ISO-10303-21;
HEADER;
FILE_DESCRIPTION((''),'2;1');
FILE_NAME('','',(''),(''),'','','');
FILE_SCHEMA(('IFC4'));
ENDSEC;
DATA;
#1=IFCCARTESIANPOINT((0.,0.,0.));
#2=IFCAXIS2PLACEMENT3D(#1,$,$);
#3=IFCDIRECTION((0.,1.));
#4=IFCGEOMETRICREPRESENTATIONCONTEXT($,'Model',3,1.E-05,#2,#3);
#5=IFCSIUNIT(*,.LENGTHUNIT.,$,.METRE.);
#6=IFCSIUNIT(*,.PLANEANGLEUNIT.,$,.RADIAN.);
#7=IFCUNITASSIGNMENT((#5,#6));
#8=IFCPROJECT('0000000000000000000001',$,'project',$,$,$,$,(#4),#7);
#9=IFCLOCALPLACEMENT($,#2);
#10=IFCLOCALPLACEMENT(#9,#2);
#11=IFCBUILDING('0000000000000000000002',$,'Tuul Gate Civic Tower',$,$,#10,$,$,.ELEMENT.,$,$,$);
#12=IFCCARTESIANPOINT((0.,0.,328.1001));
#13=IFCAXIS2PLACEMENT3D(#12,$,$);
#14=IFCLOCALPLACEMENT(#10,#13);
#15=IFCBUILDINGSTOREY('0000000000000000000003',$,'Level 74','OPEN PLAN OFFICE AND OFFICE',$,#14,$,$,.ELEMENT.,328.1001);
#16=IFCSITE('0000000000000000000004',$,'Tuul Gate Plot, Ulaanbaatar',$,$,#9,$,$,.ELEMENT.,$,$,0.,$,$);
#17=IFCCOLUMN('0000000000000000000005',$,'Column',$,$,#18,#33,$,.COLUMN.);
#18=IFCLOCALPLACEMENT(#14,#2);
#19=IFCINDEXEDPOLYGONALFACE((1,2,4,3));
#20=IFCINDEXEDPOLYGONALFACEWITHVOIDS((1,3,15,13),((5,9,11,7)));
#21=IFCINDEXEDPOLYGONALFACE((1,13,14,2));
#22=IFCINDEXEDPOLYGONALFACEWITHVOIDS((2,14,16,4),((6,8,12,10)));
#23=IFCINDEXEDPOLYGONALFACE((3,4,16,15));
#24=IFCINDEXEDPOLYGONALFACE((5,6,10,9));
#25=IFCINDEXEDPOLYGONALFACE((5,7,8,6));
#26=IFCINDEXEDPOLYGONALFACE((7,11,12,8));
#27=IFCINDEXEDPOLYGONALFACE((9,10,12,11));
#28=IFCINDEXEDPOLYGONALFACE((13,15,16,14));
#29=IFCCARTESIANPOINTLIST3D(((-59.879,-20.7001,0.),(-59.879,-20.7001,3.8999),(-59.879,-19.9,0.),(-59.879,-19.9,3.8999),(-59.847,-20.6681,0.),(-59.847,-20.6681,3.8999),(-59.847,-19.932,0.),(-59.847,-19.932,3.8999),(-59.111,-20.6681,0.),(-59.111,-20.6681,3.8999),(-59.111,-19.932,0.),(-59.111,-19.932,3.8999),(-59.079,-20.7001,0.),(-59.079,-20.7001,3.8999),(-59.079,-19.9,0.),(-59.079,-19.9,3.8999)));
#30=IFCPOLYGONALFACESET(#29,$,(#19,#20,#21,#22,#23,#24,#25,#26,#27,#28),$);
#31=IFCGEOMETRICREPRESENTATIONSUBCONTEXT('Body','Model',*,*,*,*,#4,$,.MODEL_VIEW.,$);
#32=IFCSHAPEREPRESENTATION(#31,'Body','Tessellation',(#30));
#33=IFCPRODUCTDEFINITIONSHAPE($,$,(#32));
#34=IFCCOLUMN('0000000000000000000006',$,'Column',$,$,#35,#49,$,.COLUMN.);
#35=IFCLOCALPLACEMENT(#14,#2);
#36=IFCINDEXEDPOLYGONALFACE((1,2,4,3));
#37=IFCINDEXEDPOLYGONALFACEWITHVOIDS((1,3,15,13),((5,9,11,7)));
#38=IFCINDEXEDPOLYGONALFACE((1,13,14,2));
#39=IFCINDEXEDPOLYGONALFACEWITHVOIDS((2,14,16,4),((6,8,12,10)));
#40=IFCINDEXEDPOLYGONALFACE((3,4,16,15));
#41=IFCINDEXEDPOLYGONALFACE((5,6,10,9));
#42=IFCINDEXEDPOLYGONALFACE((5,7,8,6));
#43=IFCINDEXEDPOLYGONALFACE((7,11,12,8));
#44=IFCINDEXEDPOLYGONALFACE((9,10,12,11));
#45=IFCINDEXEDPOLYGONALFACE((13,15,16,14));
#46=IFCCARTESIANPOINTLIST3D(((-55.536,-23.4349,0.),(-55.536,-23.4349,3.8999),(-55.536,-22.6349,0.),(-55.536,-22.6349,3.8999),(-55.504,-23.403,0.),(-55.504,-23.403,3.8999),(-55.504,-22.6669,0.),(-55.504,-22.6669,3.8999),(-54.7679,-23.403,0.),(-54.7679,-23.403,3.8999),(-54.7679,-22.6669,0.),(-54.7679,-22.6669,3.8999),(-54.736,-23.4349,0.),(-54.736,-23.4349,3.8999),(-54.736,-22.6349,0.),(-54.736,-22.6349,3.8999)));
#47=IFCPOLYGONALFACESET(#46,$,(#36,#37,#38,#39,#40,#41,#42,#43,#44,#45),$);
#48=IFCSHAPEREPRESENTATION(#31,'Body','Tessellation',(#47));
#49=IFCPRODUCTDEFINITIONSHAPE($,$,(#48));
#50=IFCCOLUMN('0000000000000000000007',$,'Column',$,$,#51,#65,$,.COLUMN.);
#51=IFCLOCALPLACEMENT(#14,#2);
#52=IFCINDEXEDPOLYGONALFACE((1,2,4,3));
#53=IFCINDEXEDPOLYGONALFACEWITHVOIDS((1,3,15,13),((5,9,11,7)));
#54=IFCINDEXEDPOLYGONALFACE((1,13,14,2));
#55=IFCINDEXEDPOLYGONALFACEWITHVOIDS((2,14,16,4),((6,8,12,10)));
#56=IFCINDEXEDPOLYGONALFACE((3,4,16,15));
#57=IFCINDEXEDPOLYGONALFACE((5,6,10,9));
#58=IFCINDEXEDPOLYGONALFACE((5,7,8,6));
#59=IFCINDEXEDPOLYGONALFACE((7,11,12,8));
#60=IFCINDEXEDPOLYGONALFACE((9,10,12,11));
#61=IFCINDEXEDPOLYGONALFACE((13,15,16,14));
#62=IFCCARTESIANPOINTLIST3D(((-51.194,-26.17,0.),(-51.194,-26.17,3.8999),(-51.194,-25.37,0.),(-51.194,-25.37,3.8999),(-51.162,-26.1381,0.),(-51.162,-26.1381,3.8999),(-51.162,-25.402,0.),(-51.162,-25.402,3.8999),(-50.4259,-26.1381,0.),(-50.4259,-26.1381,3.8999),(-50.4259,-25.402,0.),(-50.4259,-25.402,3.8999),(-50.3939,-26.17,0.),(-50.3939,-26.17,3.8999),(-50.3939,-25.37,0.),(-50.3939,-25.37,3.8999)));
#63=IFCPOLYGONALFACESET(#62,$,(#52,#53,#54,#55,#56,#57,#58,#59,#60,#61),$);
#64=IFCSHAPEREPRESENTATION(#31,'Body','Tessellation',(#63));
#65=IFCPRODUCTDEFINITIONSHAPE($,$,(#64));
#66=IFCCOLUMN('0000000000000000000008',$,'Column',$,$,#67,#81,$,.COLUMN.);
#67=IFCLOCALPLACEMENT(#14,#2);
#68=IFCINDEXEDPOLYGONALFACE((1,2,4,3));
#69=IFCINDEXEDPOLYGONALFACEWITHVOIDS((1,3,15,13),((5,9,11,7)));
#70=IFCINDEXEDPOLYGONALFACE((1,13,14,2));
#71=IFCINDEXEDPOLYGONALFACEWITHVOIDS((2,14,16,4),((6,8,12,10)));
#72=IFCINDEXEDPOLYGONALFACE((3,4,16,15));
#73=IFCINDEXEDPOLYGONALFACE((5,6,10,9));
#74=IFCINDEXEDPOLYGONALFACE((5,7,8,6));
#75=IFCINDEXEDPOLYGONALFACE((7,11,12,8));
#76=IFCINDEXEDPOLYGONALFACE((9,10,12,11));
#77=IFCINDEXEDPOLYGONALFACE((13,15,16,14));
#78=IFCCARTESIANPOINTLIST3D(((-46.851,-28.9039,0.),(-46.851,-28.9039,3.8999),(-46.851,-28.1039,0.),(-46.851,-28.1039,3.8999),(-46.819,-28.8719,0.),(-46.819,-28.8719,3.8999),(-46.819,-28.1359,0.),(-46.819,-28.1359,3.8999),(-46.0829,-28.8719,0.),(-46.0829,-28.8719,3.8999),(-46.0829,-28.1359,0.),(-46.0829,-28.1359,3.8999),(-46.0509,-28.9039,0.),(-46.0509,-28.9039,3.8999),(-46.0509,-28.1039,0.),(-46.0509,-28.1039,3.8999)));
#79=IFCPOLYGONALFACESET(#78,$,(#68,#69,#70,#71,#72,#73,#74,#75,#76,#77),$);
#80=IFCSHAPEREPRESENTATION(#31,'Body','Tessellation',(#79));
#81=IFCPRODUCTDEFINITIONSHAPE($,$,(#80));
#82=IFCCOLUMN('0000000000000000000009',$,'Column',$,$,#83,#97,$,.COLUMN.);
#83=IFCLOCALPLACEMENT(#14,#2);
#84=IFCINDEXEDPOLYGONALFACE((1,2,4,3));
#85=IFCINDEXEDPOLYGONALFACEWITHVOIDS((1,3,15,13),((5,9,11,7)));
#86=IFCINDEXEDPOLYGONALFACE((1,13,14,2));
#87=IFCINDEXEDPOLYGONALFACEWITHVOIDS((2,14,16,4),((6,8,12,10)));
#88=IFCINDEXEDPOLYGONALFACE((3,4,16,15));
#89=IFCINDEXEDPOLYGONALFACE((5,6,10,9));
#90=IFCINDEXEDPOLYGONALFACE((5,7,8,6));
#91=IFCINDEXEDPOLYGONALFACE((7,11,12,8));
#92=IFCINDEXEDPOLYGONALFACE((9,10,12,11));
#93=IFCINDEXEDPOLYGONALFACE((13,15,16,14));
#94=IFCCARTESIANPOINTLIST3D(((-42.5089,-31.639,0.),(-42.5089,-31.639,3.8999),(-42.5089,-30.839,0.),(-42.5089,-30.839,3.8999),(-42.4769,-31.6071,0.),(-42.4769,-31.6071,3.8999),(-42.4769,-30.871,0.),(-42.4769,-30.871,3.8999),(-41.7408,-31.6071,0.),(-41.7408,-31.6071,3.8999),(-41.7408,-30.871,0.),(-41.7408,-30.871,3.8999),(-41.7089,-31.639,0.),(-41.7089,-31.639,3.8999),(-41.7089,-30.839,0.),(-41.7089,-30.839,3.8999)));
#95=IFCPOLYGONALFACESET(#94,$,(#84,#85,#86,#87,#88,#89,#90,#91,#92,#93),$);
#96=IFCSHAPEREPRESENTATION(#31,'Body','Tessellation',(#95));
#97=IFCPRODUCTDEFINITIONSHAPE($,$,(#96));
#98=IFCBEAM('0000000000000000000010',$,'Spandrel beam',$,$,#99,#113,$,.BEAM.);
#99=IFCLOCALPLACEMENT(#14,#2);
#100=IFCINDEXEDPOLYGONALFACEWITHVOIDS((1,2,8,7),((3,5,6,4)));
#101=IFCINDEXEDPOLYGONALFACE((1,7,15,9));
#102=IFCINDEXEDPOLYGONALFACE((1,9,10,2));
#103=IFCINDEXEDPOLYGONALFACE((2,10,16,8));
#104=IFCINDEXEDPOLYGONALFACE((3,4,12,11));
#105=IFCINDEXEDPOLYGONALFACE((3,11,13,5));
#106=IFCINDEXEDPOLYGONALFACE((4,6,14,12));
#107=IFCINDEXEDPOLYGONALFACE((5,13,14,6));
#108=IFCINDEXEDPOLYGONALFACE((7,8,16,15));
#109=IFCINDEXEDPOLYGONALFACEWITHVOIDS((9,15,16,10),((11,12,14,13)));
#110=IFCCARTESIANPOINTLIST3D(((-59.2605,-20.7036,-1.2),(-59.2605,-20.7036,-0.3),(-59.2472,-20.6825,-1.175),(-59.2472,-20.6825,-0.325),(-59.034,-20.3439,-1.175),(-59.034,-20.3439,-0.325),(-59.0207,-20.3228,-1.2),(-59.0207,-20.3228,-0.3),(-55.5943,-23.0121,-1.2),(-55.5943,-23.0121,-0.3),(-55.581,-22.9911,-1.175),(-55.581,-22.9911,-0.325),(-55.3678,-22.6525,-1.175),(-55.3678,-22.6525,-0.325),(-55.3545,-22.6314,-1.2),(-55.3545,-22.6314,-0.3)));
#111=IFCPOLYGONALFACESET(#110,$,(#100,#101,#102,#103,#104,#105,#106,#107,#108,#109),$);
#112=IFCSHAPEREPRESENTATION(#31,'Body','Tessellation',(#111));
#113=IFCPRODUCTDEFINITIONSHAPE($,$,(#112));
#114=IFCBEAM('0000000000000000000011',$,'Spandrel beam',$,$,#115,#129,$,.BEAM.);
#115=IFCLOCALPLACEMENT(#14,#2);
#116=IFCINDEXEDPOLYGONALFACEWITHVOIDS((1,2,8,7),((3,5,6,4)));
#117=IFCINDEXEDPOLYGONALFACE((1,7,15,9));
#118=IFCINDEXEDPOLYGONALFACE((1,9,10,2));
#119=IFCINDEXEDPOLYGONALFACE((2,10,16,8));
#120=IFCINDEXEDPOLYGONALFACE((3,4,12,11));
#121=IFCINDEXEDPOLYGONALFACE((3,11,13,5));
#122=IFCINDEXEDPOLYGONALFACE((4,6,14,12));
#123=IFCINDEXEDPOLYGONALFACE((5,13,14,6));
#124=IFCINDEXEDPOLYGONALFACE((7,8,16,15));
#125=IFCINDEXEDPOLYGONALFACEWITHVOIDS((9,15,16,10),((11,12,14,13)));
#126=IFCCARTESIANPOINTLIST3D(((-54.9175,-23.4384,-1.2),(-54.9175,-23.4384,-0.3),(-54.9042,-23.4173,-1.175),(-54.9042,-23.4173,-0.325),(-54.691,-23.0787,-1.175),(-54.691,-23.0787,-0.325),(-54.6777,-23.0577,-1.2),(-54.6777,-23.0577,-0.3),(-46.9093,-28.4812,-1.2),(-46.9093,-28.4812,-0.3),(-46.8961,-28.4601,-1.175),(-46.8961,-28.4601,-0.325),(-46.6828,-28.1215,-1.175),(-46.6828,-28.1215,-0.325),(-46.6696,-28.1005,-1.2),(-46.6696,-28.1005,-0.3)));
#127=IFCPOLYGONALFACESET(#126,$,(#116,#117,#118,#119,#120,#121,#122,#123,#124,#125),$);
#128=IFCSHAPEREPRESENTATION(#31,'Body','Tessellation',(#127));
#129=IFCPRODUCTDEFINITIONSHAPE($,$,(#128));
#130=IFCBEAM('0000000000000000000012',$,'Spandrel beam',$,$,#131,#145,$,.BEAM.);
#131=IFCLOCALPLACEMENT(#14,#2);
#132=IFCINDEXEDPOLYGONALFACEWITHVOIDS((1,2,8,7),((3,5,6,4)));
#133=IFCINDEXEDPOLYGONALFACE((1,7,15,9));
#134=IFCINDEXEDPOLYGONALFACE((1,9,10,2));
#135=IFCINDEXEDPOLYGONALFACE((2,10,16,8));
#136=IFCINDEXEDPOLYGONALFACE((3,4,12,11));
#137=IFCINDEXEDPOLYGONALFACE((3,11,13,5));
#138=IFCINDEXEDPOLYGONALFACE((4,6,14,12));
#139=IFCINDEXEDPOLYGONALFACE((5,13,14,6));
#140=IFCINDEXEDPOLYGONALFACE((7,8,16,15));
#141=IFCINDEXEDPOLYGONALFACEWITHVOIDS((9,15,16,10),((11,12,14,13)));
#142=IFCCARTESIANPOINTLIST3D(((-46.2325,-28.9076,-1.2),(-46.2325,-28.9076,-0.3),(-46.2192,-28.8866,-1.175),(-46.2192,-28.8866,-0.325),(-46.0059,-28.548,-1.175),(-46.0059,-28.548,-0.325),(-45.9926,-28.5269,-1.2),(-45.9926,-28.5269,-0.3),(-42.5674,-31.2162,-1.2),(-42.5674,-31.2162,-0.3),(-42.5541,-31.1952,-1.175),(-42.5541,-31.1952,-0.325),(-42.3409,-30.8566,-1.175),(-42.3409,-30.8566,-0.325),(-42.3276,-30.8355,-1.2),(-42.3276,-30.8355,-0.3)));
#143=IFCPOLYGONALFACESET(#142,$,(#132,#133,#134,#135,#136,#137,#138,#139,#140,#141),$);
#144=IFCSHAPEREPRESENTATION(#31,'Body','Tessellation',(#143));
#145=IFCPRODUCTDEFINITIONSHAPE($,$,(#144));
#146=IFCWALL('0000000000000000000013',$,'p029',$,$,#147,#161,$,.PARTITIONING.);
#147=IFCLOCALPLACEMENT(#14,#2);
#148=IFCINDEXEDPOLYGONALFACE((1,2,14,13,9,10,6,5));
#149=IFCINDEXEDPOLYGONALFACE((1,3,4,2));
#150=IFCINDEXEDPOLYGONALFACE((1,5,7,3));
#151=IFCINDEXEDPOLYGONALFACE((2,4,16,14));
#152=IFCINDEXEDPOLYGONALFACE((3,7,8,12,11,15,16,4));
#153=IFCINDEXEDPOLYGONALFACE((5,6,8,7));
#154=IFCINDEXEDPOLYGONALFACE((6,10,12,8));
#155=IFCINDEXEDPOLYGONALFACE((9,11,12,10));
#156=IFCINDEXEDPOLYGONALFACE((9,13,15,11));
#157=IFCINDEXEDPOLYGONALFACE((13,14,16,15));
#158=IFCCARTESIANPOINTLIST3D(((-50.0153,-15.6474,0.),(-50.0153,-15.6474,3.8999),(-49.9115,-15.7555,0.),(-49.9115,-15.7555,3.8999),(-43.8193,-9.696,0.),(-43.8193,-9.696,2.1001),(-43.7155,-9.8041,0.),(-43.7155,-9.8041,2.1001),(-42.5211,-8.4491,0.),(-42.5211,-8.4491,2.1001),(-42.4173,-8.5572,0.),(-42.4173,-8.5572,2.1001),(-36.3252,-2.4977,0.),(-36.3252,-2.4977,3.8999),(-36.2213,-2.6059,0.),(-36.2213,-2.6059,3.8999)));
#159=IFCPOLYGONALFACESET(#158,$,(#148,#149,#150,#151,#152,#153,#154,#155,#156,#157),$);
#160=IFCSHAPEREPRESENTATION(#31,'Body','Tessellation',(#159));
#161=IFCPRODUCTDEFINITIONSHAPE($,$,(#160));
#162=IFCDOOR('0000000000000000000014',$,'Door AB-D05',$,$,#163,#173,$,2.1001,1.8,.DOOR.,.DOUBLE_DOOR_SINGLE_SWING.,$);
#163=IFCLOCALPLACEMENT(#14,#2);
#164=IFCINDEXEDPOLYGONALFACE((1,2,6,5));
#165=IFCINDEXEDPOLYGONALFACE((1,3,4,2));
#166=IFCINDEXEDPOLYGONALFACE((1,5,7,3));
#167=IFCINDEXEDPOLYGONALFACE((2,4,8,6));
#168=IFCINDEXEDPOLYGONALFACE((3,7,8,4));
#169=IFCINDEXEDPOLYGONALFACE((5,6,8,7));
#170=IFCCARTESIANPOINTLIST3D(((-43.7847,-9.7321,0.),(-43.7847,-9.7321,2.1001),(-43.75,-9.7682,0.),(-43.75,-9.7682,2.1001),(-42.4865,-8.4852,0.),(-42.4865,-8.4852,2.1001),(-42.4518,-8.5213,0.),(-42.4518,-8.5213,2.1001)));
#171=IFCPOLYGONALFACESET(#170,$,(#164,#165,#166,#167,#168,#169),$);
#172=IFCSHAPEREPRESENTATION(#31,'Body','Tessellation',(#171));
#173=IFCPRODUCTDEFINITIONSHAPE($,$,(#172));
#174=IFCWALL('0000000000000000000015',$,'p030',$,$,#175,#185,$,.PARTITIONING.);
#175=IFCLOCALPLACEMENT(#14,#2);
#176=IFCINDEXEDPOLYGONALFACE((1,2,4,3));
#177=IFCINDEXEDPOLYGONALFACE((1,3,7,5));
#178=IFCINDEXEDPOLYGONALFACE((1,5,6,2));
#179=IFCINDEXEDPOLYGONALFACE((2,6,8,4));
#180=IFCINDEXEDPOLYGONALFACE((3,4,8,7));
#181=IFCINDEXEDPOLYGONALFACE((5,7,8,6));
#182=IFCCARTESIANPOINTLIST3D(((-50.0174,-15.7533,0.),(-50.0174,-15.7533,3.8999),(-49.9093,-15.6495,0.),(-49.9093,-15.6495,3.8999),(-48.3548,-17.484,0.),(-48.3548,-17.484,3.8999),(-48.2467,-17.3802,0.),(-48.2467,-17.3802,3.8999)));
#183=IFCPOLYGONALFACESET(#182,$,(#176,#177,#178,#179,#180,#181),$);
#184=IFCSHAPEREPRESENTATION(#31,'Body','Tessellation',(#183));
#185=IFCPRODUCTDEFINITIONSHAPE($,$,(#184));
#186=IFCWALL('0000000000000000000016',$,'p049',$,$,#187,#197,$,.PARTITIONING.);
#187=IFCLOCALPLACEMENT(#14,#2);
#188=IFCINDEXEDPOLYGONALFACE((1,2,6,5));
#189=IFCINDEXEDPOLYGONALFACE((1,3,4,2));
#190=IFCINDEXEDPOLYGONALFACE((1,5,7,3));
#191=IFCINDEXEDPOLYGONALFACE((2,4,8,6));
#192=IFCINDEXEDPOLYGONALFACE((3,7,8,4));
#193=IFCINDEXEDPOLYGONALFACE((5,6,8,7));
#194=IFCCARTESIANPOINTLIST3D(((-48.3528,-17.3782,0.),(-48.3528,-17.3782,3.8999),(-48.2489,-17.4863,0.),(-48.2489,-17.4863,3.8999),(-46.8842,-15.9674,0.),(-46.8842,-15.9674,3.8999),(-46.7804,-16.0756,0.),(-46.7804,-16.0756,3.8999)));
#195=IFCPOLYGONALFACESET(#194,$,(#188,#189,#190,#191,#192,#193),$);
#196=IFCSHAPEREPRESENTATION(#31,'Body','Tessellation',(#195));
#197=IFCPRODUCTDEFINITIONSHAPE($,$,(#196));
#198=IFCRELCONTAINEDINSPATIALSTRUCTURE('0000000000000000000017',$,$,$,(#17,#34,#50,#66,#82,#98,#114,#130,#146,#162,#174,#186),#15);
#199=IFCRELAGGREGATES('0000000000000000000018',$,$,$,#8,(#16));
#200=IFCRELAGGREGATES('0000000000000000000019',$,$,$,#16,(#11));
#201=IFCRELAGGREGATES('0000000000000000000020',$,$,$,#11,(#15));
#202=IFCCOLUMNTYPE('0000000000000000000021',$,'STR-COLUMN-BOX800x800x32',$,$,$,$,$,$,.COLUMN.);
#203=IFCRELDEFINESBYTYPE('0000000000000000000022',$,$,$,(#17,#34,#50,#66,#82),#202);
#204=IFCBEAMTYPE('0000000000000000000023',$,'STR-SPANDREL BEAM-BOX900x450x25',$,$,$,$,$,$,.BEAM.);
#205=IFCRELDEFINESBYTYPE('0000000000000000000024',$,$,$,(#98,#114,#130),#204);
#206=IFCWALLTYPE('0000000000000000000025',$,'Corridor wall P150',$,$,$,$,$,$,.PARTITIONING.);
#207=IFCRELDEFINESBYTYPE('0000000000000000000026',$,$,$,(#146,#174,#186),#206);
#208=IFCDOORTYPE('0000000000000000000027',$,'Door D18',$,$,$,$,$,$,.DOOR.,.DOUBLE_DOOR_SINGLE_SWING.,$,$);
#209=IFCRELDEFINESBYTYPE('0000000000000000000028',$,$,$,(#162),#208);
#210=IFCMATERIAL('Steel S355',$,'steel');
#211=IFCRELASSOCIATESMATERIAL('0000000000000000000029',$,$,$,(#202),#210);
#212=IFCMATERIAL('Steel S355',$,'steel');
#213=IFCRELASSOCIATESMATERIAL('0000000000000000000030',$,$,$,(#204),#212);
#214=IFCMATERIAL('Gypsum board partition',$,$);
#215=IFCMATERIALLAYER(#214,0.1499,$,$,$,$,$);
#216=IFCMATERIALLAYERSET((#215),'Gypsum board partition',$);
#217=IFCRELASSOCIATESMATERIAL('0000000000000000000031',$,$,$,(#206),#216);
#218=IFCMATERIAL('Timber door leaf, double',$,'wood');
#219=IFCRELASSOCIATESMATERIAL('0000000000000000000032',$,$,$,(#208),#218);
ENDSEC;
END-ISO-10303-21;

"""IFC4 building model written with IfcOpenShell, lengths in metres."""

from ifc_helpers import new_model, si_unit, direction, frame, frame_2d, origin, origin_2d, place, context, subcontext, project, spatial, rectangle, hollow_rectangle, extrude, material, layer, layer_set, material_profile, profile_set, type_object, element, fill, save


model = new_model("IFC4")

# Units and contexts
model_context = context("Model", 3, precision=1e-05, world=origin(), true_north=direction((0.0, 1.0)))
body_context = subcontext(model_context, "Body", "Model", "MODEL_VIEW")
ifc_project = project(units=[si_unit("LENGTHUNIT", "METRE"), si_unit("PLANEANGLEUNIT", "RADIAN")], contexts=[model_context])

# Site, building, storey
site_placement = place(None, origin())
site = spatial("IfcSite", under=ifc_project, at=site_placement, Name="Tuul Gate Plot, Ulaanbaatar", CompositionType="ELEMENT", RefElevation=0.0)
building_placement = place(site_placement, origin())
building = spatial("IfcBuilding", under=site, at=building_placement, Name="Tuul Gate Civic Tower", CompositionType="ELEMENT")
storey_placement = place(building_placement, frame((0.0, 0.0, 328.1001)))
storey = spatial("IfcBuildingStorey", under=building, at=storey_placement, Name="Level 74", Description="OPEN PLAN OFFICE AND OFFICE", CompositionType="ELEMENT", Elevation=328.1001)

# Columns
ifc_material_1 = material(Name="Steel S355", Category="steel")
ifc_material_profile_1 = material_profile(ifc_material_1, hollow_rectangle(XDim=0.8, YDim=0.8, WallThickness=0.032, at=origin_2d()), Name="BOX800x800x32")
ifc_profile_set_1 = profile_set([ifc_material_profile_1], Name="Steel S355")
column_type = type_object("IfcColumnType", Name="STR-COLUMN-BOX800x800x32", PredefinedType="COLUMN", material=ifc_profile_set_1)
for number, where, z_axis, x_axis, name in (
    (1, (-59.479, -20.3, 0.0), (0.0, 0.0, 1.0), (1.0, 0.0, 0.0), "Column"),
    (2, (-55.136, -23.0349, 0.0), (0.0, 0.0, 1.0), (1.0, 0.0, 0.0), "Column"),
    (3, (-50.7939, -25.77, 0.0), (0.0, 0.0, 1.0), (1.0, 0.0, 0.0), "Column"),
    (4, (-46.4509, -28.5039, 0.0), (0.0, 0.0, 1.0), (1.0, 0.0, 0.0), "Column"),
    (5, (-42.1089, -31.239, 0.0), (0.0, 0.0, 1.0), (1.0, 0.0, 0.0), "Column"),
):
    element("IfcColumn", number, at=place(storey_placement, frame(where, z_axis=z_axis, x_axis=x_axis)), inside=storey, type_object=column_type, Name=name, PredefinedType="COLUMN", context=body_context, shape_type="SweptSolid", body=[
        extrude(hollow_rectangle(XDim=0.8, YDim=0.8, WallThickness=0.032, at=origin_2d()), origin(), (0.0, 0.0, 1.0), 3.8999),
    ])

# Beams
ifc_material_2 = material(Name="Steel S355", Category="steel")
ifc_material_profile_2 = material_profile(ifc_material_2, hollow_rectangle(XDim=0.45, YDim=0.8999, WallThickness=0.0249, at=origin_2d()), Name="BOX900x450x25")
ifc_profile_set_2 = profile_set([ifc_material_profile_2], Name="Steel S355")
beam_type = type_object("IfcBeamType", Name="STR-SPANDREL BEAM-BOX900x450x25", PredefinedType="BEAM", material=ifc_profile_set_2)
beam_1_placement = place(storey_placement, frame((-59.1406, -20.5132, -0.75), z_axis=(0.846211, -0.532848, 0.0), x_axis=(0.532848, 0.846211, 0.0)))
element("IfcBeam", 6, at=beam_1_placement, inside=storey, type_object=beam_type, Name="Spandrel beam", PredefinedType="BEAM", context=body_context, shape_type="SweptSolid", body=[
    extrude(hollow_rectangle(XDim=0.45, YDim=0.8999, WallThickness=0.0249, at=origin_2d()), origin(), (0.0, 0.0, 1.0), 4.3325),
])
beam_2_placement = place(storey_placement, frame((-54.7976, -23.248, -0.75), z_axis=(0.846204, -0.53286, 0.0), x_axis=(0.53286, 0.846204, 0.0)))
element("IfcBeam", 7, at=beam_2_placement, inside=storey, type_object=beam_type, Name="Spandrel beam", PredefinedType="BEAM", context=body_context, shape_type="SweptSolid", body=[
    extrude(hollow_rectangle(XDim=0.45, YDim=0.8999, WallThickness=0.0249, at=origin_2d()), origin(), (0.0, 0.0, 1.0), 9.4636),
])
beam_3_placement = place(storey_placement, frame((-46.1125, -28.7173, -0.75), z_axis=(0.846131, -0.532975, 0.0), x_axis=(0.532975, 0.846131, 0.0)))
element("IfcBeam", 8, at=beam_3_placement, inside=storey, type_object=beam_type, Name="Spandrel beam", PredefinedType="BEAM", context=body_context, shape_type="SweptSolid", body=[
    extrude(hollow_rectangle(XDim=0.45, YDim=0.8999, WallThickness=0.0249, at=origin_2d()), origin(), (0.0, 0.0, 1.0), 4.3315),
])

# Wall, opening, door
ifc_material_3 = material(Name="Gypsum board partition")
ifc_layer_1 = layer(ifc_material_3, 0.1499)
ifc_layer_set_1 = layer_set([ifc_layer_1], Name="Gypsum board partition")
wall_type_1 = type_object("IfcWallType", Name="Corridor wall P150", PredefinedType="PARTITIONING", material=ifc_layer_set_1)
wall_1_placement = place(storey_placement, frame((-49.9634, -15.7014, 0.0), z_axis=(0.0, 0.0, 1.0), x_axis=(0.721201, 0.692726, 0.0)))
wall_1 = element("IfcWall", 9, at=wall_1_placement, inside=storey, type_object=wall_type_1, Name="p029", PredefinedType="PARTITIONING", context=body_context, shape_type="SweptSolid", body=[
    extrude(rectangle(XDim=18.9824, YDim=0.1499, at=frame_2d((9.4912, 0.0))), origin(), (0.0, 0.0, 1.0), 3.8999),
])
opening_1_placement = place(wall_1_placement, frame((8.5913, 0.0, 0.0)))
opening_1 = element("IfcOpeningElement", 10, at=opening_1_placement, cuts=wall_1, PredefinedType="OPENING", context=body_context, shape_type="SweptSolid", body=[
    extrude(rectangle(XDim=1.8, YDim=2.1001, at=frame_2d((0.8999, 1.05))), frame((0.0, 0.085, 0.0), z_axis=(0.0, -1.0, 0.0), x_axis=(1.0, 0.0, 0.0)), (0.0, 0.0, 1.0), 0.1699),
])
ifc_material_4 = material(Name="Timber door leaf, double", Category="wood")
door_type = type_object("IfcDoorType", Name="Door D18", OperationType="DOUBLE_DOOR_SINGLE_SWING", PredefinedType="DOOR", material=ifc_material_4)
door_placement = place(opening_1_placement, origin())
door = element("IfcDoor", 11, at=door_placement, inside=storey, type_object=door_type, Name="Door AB-D05", OperationType="DOUBLE_DOOR_SINGLE_SWING", OverallHeight=2.1001, OverallWidth=1.8, PredefinedType="DOOR", context=body_context, shape_type="SweptSolid", body=[
    extrude(rectangle(XDim=1.8, YDim=2.1001, at=frame_2d((0.8999, 1.05))), frame((0.0, 0.0249, 0.0), z_axis=(0.0, -1.0, 0.0), x_axis=(1.0, 0.0, 0.0)), (0.0, 0.0, 1.0), 0.05),
])
fill(opening_1, door)

# Walls
wall_2_placement = place(storey_placement, frame((-49.9634, -15.7014, 0.0), z_axis=(0.0, 0.0, 1.0), x_axis=(0.692773, -0.721156, 0.0)))
element("IfcWall", 12, at=wall_2_placement, inside=storey, type_object=wall_type_1, Name="p030", PredefinedType="PARTITIONING", context=body_context, shape_type="SweptSolid", body=[
    extrude(rectangle(XDim=2.3999, YDim=0.1499, at=frame_2d((1.2, 0.0))), origin(), (0.0, 0.0, 1.0), 3.8999),
])
wall_3_placement = place(storey_placement, frame((-48.3008, -17.4321, 0.0), z_axis=(0.0, 0.0, 1.0), x_axis=(0.721172, 0.692756, 0.0)))
element("IfcWall", 13, at=wall_3_placement, inside=storey, type_object=wall_type_1, Name="p049", PredefinedType="PARTITIONING", context=body_context, shape_type="SweptSolid", body=[
    extrude(rectangle(XDim=2.0364, YDim=0.1499, at=frame_2d((1.0181, 0.0))), origin(), (0.0, 0.0, 1.0), 3.8999),
])

save(model, "model.ifc")
